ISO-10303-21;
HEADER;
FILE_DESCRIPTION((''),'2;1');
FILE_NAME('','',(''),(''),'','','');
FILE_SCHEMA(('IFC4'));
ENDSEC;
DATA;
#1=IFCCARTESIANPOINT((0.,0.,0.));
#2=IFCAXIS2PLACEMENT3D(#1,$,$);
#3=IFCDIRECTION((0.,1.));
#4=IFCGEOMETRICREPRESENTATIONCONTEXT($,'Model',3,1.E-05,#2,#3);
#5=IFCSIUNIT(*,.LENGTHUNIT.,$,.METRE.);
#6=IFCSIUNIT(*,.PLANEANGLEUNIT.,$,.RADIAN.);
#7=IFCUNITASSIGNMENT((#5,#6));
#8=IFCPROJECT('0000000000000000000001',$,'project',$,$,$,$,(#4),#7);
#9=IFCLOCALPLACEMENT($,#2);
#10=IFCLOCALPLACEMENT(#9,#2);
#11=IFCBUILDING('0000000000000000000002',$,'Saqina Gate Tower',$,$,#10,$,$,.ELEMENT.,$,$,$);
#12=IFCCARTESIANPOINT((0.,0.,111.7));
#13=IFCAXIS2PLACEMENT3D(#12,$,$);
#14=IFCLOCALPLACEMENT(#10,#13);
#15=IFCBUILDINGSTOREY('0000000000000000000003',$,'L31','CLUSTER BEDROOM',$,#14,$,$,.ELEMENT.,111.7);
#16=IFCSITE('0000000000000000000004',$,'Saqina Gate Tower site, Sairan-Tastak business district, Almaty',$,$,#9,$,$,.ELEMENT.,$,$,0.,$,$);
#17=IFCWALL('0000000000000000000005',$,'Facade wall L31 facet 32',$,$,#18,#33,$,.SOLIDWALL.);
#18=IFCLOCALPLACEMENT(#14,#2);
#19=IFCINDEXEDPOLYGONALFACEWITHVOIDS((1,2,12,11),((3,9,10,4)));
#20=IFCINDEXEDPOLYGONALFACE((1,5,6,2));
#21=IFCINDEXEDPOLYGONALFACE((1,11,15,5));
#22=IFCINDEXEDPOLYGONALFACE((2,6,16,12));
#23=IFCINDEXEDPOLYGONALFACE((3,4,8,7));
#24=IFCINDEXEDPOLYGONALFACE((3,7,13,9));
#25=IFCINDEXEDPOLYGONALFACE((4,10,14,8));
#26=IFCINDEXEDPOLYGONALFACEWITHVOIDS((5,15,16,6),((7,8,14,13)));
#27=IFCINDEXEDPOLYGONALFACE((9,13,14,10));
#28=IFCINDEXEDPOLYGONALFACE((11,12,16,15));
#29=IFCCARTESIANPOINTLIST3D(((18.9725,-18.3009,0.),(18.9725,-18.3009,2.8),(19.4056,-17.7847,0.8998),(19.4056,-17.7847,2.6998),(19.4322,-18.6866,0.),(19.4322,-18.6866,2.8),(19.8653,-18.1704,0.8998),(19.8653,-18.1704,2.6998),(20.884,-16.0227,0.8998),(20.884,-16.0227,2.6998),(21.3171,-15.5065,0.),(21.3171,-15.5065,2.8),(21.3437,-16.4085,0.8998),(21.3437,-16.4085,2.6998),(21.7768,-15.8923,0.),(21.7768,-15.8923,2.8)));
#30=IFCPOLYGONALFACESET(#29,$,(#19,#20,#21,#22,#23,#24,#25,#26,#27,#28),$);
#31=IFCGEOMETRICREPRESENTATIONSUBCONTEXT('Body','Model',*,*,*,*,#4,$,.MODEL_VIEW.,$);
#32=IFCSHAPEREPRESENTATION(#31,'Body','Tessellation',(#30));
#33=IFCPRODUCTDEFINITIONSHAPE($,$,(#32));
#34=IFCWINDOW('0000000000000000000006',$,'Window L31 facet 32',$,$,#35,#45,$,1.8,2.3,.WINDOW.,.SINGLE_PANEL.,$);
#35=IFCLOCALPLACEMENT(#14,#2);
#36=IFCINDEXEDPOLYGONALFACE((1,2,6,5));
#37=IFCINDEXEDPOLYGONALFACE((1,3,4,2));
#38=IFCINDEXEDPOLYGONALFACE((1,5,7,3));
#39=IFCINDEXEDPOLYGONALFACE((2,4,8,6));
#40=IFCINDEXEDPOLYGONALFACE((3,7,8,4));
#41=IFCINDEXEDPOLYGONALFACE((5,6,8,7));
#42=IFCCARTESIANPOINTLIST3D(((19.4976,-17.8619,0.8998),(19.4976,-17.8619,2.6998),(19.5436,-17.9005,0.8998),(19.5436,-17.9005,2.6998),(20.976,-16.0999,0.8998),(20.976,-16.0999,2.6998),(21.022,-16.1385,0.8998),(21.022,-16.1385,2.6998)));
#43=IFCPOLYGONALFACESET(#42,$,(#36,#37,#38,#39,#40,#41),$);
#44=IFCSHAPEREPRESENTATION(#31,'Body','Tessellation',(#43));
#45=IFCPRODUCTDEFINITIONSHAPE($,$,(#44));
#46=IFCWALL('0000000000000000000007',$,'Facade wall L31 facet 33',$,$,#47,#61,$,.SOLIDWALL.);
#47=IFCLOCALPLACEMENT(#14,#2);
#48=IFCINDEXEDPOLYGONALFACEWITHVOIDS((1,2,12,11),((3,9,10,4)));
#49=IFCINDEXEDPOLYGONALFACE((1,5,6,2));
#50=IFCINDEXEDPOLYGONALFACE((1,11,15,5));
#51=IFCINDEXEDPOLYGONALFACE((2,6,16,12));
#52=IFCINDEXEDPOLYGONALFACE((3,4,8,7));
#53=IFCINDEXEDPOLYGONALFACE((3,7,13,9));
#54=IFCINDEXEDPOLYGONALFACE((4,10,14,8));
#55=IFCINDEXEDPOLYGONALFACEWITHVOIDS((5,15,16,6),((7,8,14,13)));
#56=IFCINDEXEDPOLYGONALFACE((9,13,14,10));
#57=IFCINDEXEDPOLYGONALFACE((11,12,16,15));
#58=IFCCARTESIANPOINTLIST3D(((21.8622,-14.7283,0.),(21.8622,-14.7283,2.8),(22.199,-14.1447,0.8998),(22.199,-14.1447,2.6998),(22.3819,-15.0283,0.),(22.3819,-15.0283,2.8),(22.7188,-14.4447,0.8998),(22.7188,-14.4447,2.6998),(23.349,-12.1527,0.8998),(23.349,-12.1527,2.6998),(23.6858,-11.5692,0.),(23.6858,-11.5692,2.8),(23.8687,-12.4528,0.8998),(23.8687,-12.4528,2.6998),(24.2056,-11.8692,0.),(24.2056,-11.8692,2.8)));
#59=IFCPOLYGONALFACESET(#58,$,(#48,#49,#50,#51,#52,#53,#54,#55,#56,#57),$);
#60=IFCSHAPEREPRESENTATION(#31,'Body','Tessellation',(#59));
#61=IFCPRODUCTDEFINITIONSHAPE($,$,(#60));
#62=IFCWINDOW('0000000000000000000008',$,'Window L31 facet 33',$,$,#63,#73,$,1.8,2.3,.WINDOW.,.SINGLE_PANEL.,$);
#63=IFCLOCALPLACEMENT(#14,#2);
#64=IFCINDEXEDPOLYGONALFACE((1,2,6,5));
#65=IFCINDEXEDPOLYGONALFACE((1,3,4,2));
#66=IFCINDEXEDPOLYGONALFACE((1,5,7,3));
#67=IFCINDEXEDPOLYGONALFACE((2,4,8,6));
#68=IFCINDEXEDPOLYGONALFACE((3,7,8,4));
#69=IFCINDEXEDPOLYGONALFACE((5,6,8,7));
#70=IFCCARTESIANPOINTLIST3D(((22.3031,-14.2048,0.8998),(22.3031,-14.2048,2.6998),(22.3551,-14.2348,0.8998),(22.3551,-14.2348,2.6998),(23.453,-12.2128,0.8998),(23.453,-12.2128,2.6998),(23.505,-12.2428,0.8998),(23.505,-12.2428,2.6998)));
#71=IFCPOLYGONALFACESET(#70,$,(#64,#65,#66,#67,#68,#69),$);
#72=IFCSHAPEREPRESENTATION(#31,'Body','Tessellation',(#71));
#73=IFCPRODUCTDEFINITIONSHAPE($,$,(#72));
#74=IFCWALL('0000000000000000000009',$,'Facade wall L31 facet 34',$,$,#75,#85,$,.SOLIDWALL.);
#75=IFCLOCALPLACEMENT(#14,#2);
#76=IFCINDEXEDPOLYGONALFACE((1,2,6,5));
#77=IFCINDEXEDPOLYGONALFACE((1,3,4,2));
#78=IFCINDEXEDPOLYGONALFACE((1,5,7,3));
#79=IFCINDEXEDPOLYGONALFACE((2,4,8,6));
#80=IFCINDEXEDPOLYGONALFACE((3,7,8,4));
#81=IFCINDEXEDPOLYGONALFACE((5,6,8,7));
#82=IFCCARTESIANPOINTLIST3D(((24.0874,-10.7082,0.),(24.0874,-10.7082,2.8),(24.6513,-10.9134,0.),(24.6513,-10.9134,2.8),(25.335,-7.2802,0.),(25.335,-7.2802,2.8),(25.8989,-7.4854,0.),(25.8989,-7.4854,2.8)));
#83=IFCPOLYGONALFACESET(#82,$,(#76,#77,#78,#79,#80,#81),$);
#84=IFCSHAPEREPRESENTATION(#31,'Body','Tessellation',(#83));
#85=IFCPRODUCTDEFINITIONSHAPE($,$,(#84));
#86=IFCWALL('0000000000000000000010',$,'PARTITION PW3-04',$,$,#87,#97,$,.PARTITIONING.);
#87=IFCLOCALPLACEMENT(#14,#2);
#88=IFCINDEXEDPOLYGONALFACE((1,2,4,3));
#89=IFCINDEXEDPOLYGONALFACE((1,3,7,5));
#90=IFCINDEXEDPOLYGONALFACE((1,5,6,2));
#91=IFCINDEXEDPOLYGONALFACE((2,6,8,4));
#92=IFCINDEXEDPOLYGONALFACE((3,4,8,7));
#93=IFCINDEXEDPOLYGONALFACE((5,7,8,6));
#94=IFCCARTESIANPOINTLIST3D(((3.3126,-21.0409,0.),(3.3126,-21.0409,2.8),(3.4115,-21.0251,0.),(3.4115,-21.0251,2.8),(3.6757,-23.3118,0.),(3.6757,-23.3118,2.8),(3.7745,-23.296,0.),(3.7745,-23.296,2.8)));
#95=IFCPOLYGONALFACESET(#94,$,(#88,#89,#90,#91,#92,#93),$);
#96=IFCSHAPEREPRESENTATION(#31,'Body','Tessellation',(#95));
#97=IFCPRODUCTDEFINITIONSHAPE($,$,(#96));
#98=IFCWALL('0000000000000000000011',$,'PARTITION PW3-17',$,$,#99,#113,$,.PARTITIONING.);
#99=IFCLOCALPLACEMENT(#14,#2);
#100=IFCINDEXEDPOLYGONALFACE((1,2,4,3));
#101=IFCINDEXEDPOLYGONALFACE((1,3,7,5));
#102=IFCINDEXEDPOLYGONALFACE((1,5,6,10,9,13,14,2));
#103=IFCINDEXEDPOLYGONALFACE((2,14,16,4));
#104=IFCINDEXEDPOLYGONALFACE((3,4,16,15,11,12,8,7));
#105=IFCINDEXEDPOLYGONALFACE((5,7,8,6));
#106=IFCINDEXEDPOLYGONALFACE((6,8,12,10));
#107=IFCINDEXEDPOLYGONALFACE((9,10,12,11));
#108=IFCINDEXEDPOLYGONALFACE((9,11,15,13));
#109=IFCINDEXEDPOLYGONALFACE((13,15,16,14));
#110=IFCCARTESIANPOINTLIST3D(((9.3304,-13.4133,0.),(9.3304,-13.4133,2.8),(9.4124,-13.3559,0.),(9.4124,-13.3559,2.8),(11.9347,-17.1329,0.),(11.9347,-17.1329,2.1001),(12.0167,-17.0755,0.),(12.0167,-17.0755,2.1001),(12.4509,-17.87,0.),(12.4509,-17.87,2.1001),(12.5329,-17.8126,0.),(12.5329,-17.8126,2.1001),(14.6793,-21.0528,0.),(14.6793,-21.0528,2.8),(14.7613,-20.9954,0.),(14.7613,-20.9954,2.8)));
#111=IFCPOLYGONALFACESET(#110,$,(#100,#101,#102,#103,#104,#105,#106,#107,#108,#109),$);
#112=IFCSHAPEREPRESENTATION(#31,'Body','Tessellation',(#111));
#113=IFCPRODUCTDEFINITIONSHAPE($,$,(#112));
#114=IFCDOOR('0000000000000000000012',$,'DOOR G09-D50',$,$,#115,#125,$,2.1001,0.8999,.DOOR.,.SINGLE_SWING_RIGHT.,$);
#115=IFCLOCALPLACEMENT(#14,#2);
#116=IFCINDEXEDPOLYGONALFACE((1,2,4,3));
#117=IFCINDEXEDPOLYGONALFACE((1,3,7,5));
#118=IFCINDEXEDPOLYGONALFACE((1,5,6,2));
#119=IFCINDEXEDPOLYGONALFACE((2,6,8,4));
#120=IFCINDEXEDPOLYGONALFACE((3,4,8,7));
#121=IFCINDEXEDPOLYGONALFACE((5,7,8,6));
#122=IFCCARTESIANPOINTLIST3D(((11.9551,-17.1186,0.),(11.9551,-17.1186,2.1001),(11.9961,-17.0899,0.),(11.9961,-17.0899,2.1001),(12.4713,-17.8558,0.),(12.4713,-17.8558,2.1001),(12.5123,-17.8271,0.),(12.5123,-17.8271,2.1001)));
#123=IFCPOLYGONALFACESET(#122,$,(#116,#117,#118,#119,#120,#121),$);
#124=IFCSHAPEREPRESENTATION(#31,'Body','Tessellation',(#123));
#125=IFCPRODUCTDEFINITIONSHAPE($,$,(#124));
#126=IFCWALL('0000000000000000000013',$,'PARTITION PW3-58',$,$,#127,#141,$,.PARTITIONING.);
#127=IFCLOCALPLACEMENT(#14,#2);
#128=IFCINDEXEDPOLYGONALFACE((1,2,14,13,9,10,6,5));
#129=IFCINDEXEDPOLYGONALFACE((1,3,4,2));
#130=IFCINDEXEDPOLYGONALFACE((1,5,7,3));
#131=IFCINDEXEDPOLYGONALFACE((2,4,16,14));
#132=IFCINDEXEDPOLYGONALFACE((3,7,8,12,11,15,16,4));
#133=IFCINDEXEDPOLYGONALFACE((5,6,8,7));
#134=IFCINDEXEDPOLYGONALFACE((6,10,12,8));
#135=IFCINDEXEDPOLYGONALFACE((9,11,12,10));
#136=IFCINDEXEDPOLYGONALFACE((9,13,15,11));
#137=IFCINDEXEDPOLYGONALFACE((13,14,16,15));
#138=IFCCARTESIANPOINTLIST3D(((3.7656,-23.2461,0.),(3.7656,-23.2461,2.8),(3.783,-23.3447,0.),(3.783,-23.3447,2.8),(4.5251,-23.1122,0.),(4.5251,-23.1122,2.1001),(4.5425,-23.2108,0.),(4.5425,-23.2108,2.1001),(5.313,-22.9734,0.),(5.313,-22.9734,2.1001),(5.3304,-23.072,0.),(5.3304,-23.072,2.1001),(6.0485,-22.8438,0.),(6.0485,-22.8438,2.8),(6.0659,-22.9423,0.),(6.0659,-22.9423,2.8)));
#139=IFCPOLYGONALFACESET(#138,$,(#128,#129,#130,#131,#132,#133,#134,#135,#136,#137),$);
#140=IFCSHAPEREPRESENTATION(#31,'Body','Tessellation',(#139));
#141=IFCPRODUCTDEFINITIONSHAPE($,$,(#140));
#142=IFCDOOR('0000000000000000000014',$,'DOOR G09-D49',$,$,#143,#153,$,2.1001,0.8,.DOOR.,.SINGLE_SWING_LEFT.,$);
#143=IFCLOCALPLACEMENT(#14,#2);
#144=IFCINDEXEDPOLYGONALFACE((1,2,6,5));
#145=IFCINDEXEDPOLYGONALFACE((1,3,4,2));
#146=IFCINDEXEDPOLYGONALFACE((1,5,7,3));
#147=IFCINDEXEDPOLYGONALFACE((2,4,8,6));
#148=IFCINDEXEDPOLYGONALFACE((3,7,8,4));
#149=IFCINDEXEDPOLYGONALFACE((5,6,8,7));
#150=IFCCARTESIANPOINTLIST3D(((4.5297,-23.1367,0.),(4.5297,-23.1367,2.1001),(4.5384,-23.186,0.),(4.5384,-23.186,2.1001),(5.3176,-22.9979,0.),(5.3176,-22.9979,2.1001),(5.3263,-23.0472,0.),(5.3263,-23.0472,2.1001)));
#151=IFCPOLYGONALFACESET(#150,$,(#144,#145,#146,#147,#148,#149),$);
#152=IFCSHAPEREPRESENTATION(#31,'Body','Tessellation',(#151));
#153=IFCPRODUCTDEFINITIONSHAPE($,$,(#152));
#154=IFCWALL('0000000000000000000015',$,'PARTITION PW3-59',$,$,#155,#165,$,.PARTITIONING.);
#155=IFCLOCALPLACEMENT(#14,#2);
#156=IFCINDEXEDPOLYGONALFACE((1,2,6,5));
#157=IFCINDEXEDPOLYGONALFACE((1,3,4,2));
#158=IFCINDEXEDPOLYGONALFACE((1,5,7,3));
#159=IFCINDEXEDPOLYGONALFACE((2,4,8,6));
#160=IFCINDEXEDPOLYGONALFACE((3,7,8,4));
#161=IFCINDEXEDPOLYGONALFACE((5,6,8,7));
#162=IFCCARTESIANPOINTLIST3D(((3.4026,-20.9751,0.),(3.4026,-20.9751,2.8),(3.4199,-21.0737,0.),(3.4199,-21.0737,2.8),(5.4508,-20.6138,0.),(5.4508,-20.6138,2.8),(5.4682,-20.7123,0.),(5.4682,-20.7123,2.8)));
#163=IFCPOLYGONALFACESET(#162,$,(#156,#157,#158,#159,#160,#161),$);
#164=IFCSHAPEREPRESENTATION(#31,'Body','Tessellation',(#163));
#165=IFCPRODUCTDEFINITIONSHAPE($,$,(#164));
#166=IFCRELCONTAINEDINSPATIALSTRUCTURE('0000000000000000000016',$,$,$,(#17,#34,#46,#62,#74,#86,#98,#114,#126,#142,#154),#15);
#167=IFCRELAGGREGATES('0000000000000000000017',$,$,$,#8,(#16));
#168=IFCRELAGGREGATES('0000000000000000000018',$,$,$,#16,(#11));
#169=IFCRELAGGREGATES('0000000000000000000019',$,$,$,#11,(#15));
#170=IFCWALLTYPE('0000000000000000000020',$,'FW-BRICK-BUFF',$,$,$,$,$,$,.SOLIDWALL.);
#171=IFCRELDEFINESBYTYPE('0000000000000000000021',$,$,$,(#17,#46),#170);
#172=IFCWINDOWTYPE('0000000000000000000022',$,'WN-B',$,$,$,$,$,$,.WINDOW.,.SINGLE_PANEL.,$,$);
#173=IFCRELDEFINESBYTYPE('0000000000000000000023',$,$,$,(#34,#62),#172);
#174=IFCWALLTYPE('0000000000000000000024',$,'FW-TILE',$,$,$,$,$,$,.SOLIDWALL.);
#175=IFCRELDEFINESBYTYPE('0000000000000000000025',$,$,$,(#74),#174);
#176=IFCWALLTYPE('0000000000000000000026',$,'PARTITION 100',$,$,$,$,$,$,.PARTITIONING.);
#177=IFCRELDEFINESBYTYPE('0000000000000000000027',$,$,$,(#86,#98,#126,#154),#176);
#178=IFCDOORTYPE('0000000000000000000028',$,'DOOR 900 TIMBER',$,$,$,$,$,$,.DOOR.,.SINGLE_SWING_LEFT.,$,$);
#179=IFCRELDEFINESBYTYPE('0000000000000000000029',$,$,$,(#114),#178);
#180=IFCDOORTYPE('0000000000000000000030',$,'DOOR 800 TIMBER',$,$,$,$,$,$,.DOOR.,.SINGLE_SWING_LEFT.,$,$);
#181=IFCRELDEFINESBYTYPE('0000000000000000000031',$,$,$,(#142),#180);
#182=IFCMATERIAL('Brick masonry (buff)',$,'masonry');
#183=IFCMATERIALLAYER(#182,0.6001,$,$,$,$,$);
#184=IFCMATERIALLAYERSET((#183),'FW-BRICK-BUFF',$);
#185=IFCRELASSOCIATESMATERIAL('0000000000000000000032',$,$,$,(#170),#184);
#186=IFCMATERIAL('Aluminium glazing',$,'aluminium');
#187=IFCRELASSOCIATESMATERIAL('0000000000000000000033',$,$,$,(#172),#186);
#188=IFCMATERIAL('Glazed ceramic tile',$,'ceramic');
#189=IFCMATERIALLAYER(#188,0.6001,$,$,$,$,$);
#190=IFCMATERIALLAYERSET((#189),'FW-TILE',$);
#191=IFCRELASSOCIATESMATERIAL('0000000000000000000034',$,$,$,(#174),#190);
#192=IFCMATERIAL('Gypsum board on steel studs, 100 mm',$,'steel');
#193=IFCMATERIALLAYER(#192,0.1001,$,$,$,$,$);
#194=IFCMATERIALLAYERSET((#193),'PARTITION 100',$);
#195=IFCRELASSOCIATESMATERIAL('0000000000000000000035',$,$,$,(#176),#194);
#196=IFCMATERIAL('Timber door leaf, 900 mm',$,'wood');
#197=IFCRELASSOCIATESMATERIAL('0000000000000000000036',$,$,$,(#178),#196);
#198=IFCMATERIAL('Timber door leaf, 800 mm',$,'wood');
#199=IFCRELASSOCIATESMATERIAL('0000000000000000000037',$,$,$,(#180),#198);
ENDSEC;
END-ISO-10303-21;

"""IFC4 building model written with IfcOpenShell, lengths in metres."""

from ifc_helpers import new_model, si_unit, direction, frame, frame_2d, origin, place, context, subcontext, project, spatial, rectangle, extrude, material, layer, layer_set, type_object, element, fill, save


model = new_model("IFC4")

# Units and contexts
model_context = context("Model", 3, precision=1e-05, world=origin(), true_north=direction((0.0, 1.0)))
body_context = subcontext(model_context, "Body", "Model", "MODEL_VIEW")
ifc_project = project(units=[si_unit("LENGTHUNIT", "METRE"), si_unit("PLANEANGLEUNIT", "RADIAN")], contexts=[model_context])

# Site, building, storey
site_placement = place(None, origin())
site = spatial("IfcSite", under=ifc_project, at=site_placement, Name="Saqina Gate Tower site, Sairan-Tastak business district, Almaty", CompositionType="ELEMENT", RefElevation=0.0)
building_placement = place(site_placement, origin())
building = spatial("IfcBuilding", under=site, at=building_placement, Name="Saqina Gate Tower", CompositionType="ELEMENT")
storey_placement = place(building_placement, frame((0.0, 0.0, 111.7)))
storey = spatial("IfcBuildingStorey", under=building, at=storey_placement, Name="L31", Description="CLUSTER BEDROOM", CompositionType="ELEMENT", Elevation=111.7)

# Walls, openings, windows
ifc_material_1 = material(Name="Brick masonry (buff)", Category="masonry")
ifc_layer_1 = layer(ifc_material_1, 0.6001)
ifc_layer_set_1 = layer_set([ifc_layer_1], Name="FW-BRICK-BUFF")
wall_type_1 = type_object("IfcWallType", Name="FW-BRICK-BUFF", PredefinedType="SOLIDWALL", material=ifc_layer_set_1)
ifc_material_2 = material(Name="Aluminium glazing", Category="aluminium")
window_type = type_object("IfcWindowType", Name="WN-B", PartitioningType="SINGLE_PANEL", PredefinedType="WINDOW", material=ifc_material_2)
wall_1_placement = place(storey_placement, frame((19.2024, -18.4937, 0.0), z_axis=(0.0, 0.0, 1.0), x_axis=(0.642774, 0.766055, 0.0)))
wall_1 = element("IfcWall", 1, at=wall_1_placement, inside=storey, type_object=wall_type_1, Name="Facade wall L31 facet 32", PredefinedType="SOLIDWALL", context=body_context, shape_type="SweptSolid", body=[
    extrude(rectangle(XDim=3.6477, YDim=0.6001, at=frame_2d((1.8237, 0.0))), origin(), (0.0, 0.0, 1.0), 2.8),
])
opening_1_placement = place(wall_1_placement, frame((0.6738, 0.0, 0.8999)))
opening_1 = element("IfcOpeningElement", 2, at=opening_1_placement, cuts=wall_1, PredefinedType="OPENING", context=body_context, shape_type="SweptSolid", body=[
    extrude(rectangle(XDim=2.3, YDim=1.8, at=frame_2d((1.1499, 0.8999))), frame((0.0, 0.312, 0.0), z_axis=(0.0, -1.0, 0.0), x_axis=(1.0, 0.0, 0.0)), (0.0, 0.0, 1.0), 0.624),
])
window_1_placement = place(opening_1_placement, origin())
window_1 = element("IfcWindow", 3, at=window_1_placement, inside=storey, type_object=window_type, Name="Window L31 facet 32", OverallHeight=1.8, OverallWidth=2.3, PartitioningType="SINGLE_PANEL", PredefinedType="WINDOW", context=body_context, shape_type="SweptSolid", body=[
    extrude(rectangle(XDim=2.3, YDim=1.8, at=frame_2d((1.1499, 0.8999))), frame((0.0, 0.1799, 0.0), z_axis=(0.0, -1.0, 0.0), x_axis=(1.0, 0.0, 0.0)), (0.0, 0.0, 1.0), 0.0601),
])
fill(opening_1, window_1)
wall_2_placement = place(storey_placement, frame((22.1221, -14.8782, 0.0), z_axis=(0.0, 0.0, 1.0), x_axis=(0.499954, 0.866052, 0.0)))
wall_2 = element("IfcWall", 4, at=wall_2_placement, inside=storey, type_object=wall_type_1, Name="Facade wall L31 facet 33", PredefinedType="SOLIDWALL", context=body_context, shape_type="SweptSolid", body=[
    extrude(rectangle(XDim=3.6477, YDim=0.6001, at=frame_2d((1.8237, 0.0))), origin(), (0.0, 0.0, 1.0), 2.8),
])
opening_2_placement = place(wall_2_placement, frame((0.6738, 0.0, 0.8999)))
opening_2 = element("IfcOpeningElement", 5, at=opening_2_placement, cuts=wall_2, PredefinedType="OPENING", context=body_context, shape_type="SweptSolid", body=[
    extrude(rectangle(XDim=2.3, YDim=1.8, at=frame_2d((1.1499, 0.8999))), frame((0.0, 0.312, 0.0), z_axis=(0.0, -1.0, 0.0), x_axis=(1.0, 0.0, 0.0)), (0.0, 0.0, 1.0), 0.624),
])
window_2_placement = place(opening_2_placement, origin())
window_2 = element("IfcWindow", 6, at=window_2_placement, inside=storey, type_object=window_type, Name="Window L31 facet 33", OverallHeight=1.8, OverallWidth=2.3, PartitioningType="SINGLE_PANEL", PredefinedType="WINDOW", context=body_context, shape_type="SweptSolid", body=[
    extrude(rectangle(XDim=2.3, YDim=1.8, at=frame_2d((1.1499, 0.8999))), frame((0.0, 0.1799, 0.0), z_axis=(0.0, -1.0, 0.0), x_axis=(1.0, 0.0, 0.0)), (0.0, 0.0, 1.0), 0.0601),
])
fill(opening_2, window_2)

# Walls
ifc_material_3 = material(Name="Glazed ceramic tile", Category="ceramic")
ifc_layer_2 = layer(ifc_material_3, 0.6001)
ifc_layer_set_2 = layer_set([ifc_layer_2], Name="FW-TILE")
wall_type_2 = type_object("IfcWallType", Name="FW-TILE", PredefinedType="SOLIDWALL", material=ifc_layer_set_2)
wall_3_placement = place(storey_placement, frame((24.3694, -10.8108, 0.0), z_axis=(0.0, 0.0, 1.0), x_axis=(0.34199, 0.939704, 0.0)))
element("IfcWall", 7, at=wall_3_placement, inside=storey, type_object=wall_type_2, Name="Facade wall L31 facet 34", PredefinedType="SOLIDWALL", context=body_context, shape_type="SweptSolid", body=[
    extrude(rectangle(XDim=3.6479, YDim=0.6001, at=frame_2d((1.824, 0.0))), origin(), (0.0, 0.0, 1.0), 2.8),
])
ifc_material_4 = material(Name="Gypsum board on steel studs, 100 mm", Category="steel")
ifc_layer_3 = layer(ifc_material_4, 0.1001)
ifc_layer_set_3 = layer_set([ifc_layer_3], Name="PARTITION 100")
wall_type_3 = type_object("IfcWallType", Name="PARTITION 100", PredefinedType="PARTITIONING", material=ifc_layer_set_3)
wall_4_placement = place(storey_placement, frame((3.3621, -21.033, 0.0), z_axis=(0.0, 0.0, 1.0), x_axis=(0.157854, -0.987462, 0.0)))
element("IfcWall", 8, at=wall_4_placement, inside=storey, type_object=wall_type_3, Name="PARTITION PW3-04", PredefinedType="PARTITIONING", context=body_context, shape_type="SweptSolid", body=[
    extrude(rectangle(XDim=2.2998, YDim=0.1001, at=frame_2d((1.1499, 0.0))), origin(), (0.0, 0.0, 1.0), 2.8),
])

# Walls, openings, doors
wall_5_placement = place(storey_placement, frame((9.3713, -13.3845, 0.0), z_axis=(0.0, 0.0, 1.0), x_axis=(0.573555, -0.819167, 0.0)))
wall_5 = element("IfcWall", 9, at=wall_5_placement, inside=storey, type_object=wall_type_3, Name="PARTITION PW3-17", PredefinedType="PARTITIONING", context=body_context, shape_type="SweptSolid", body=[
    extrude(rectangle(XDim=9.3259, YDim=0.1001, at=frame_2d((4.6631, 0.0))), origin(), (0.0, 0.0, 1.0), 2.8),
])
opening_3_placement = place(wall_5_placement, frame((4.5408, 0.0, 0.0)))
opening_3 = element("IfcOpeningElement", 10, at=opening_3_placement, cuts=wall_5, PredefinedType="OPENING", context=body_context, shape_type="SweptSolid", body=[
    extrude(rectangle(XDim=0.8999, YDim=2.1001, at=frame_2d((0.45, 1.05))), frame((0.0, 0.062, 0.0), z_axis=(0.0, -1.0, 0.0), x_axis=(1.0, 0.0, 0.0)), (0.0, 0.0, 1.0), 0.124),
])
ifc_material_5 = material(Name="Timber door leaf, 900 mm", Category="wood")
door_type_1 = type_object("IfcDoorType", Name="DOOR 900 TIMBER", OperationType="SINGLE_SWING_LEFT", PredefinedType="DOOR", material=ifc_material_5)
door_1_placement = place(opening_3_placement, origin())
door_1 = element("IfcDoor", 11, at=door_1_placement, inside=storey, type_object=door_type_1, Name="DOOR G09-D50", OperationType="SINGLE_SWING_RIGHT", OverallHeight=2.1001, OverallWidth=0.8999, PredefinedType="DOOR", context=body_context, shape_type="SweptSolid", body=[
    extrude(rectangle(XDim=0.8999, YDim=2.1001, at=frame_2d((0.45, 1.05))), frame((0.0, 0.0249, 0.0), z_axis=(0.0, -1.0, 0.0), x_axis=(1.0, 0.0, 0.0)), (0.0, 0.0, 1.0), 0.05),
])
fill(opening_3, door_1)
wall_6_placement = place(storey_placement, frame((3.7742, -23.2954, 0.0), z_axis=(0.0, 0.0, 1.0), x_axis=(0.984823, 0.173563, 0.0)))
wall_6 = element("IfcWall", 12, at=wall_6_placement, inside=storey, type_object=wall_type_3, Name="PARTITION PW3-58", PredefinedType="PARTITIONING", context=body_context, shape_type="SweptSolid", body=[
    extrude(rectangle(XDim=2.3181, YDim=0.1001, at=frame_2d((1.1592, 0.0))), origin(), (0.0, 0.0, 1.0), 2.8),
])
opening_4_placement = place(wall_6_placement, frame((0.7715, 0.0, 0.0)))
opening_4 = element("IfcOpeningElement", 13, at=opening_4_placement, cuts=wall_6, PredefinedType="OPENING", context=body_context, shape_type="SweptSolid", body=[
    extrude(rectangle(XDim=0.8, YDim=2.1001, at=frame_2d((0.3999, 1.05))), frame((0.0, 0.062, 0.0), z_axis=(0.0, -1.0, 0.0), x_axis=(1.0, 0.0, 0.0)), (0.0, 0.0, 1.0), 0.124),
])
ifc_material_6 = material(Name="Timber door leaf, 800 mm", Category="wood")
door_type_2 = type_object("IfcDoorType", Name="DOOR 800 TIMBER", OperationType="SINGLE_SWING_LEFT", PredefinedType="DOOR", material=ifc_material_6)
door_2_placement = place(opening_4_placement, frame((0.8, 0.0, 0.0), z_axis=(0.0, 0.0, 1.0), x_axis=(-1.0, 0.0, 0.0)))
door_2 = element("IfcDoor", 14, at=door_2_placement, inside=storey, type_object=door_type_2, Name="DOOR G09-D49", OperationType="SINGLE_SWING_LEFT", OverallHeight=2.1001, OverallWidth=0.8, PredefinedType="DOOR", context=body_context, shape_type="SweptSolid", body=[
    extrude(rectangle(XDim=0.8, YDim=2.1001, at=frame_2d((0.3999, 1.05))), frame((0.0, 0.0249, 0.0), z_axis=(0.0, -1.0, 0.0), x_axis=(1.0, 0.0, 0.0)), (0.0, 0.0, 1.0), 0.05),
])
fill(opening_4, door_2)

# Wall
wall_7_placement = place(storey_placement, frame((3.4111, -21.0244, 0.0), z_axis=(0.0, 0.0, 1.0), x_axis=(0.984792, 0.173738, 0.0)))
element("IfcWall", 15, at=wall_7_placement, inside=storey, type_object=wall_type_3, Name="PARTITION PW3-59", PredefinedType="PARTITIONING", context=body_context, shape_type="SweptSolid", body=[
    extrude(rectangle(XDim=2.0798, YDim=0.1001, at=frame_2d((1.04, 0.0))), origin(), (0.0, 0.0, 1.0), 2.8),
])

save(model, "model.ifc")
